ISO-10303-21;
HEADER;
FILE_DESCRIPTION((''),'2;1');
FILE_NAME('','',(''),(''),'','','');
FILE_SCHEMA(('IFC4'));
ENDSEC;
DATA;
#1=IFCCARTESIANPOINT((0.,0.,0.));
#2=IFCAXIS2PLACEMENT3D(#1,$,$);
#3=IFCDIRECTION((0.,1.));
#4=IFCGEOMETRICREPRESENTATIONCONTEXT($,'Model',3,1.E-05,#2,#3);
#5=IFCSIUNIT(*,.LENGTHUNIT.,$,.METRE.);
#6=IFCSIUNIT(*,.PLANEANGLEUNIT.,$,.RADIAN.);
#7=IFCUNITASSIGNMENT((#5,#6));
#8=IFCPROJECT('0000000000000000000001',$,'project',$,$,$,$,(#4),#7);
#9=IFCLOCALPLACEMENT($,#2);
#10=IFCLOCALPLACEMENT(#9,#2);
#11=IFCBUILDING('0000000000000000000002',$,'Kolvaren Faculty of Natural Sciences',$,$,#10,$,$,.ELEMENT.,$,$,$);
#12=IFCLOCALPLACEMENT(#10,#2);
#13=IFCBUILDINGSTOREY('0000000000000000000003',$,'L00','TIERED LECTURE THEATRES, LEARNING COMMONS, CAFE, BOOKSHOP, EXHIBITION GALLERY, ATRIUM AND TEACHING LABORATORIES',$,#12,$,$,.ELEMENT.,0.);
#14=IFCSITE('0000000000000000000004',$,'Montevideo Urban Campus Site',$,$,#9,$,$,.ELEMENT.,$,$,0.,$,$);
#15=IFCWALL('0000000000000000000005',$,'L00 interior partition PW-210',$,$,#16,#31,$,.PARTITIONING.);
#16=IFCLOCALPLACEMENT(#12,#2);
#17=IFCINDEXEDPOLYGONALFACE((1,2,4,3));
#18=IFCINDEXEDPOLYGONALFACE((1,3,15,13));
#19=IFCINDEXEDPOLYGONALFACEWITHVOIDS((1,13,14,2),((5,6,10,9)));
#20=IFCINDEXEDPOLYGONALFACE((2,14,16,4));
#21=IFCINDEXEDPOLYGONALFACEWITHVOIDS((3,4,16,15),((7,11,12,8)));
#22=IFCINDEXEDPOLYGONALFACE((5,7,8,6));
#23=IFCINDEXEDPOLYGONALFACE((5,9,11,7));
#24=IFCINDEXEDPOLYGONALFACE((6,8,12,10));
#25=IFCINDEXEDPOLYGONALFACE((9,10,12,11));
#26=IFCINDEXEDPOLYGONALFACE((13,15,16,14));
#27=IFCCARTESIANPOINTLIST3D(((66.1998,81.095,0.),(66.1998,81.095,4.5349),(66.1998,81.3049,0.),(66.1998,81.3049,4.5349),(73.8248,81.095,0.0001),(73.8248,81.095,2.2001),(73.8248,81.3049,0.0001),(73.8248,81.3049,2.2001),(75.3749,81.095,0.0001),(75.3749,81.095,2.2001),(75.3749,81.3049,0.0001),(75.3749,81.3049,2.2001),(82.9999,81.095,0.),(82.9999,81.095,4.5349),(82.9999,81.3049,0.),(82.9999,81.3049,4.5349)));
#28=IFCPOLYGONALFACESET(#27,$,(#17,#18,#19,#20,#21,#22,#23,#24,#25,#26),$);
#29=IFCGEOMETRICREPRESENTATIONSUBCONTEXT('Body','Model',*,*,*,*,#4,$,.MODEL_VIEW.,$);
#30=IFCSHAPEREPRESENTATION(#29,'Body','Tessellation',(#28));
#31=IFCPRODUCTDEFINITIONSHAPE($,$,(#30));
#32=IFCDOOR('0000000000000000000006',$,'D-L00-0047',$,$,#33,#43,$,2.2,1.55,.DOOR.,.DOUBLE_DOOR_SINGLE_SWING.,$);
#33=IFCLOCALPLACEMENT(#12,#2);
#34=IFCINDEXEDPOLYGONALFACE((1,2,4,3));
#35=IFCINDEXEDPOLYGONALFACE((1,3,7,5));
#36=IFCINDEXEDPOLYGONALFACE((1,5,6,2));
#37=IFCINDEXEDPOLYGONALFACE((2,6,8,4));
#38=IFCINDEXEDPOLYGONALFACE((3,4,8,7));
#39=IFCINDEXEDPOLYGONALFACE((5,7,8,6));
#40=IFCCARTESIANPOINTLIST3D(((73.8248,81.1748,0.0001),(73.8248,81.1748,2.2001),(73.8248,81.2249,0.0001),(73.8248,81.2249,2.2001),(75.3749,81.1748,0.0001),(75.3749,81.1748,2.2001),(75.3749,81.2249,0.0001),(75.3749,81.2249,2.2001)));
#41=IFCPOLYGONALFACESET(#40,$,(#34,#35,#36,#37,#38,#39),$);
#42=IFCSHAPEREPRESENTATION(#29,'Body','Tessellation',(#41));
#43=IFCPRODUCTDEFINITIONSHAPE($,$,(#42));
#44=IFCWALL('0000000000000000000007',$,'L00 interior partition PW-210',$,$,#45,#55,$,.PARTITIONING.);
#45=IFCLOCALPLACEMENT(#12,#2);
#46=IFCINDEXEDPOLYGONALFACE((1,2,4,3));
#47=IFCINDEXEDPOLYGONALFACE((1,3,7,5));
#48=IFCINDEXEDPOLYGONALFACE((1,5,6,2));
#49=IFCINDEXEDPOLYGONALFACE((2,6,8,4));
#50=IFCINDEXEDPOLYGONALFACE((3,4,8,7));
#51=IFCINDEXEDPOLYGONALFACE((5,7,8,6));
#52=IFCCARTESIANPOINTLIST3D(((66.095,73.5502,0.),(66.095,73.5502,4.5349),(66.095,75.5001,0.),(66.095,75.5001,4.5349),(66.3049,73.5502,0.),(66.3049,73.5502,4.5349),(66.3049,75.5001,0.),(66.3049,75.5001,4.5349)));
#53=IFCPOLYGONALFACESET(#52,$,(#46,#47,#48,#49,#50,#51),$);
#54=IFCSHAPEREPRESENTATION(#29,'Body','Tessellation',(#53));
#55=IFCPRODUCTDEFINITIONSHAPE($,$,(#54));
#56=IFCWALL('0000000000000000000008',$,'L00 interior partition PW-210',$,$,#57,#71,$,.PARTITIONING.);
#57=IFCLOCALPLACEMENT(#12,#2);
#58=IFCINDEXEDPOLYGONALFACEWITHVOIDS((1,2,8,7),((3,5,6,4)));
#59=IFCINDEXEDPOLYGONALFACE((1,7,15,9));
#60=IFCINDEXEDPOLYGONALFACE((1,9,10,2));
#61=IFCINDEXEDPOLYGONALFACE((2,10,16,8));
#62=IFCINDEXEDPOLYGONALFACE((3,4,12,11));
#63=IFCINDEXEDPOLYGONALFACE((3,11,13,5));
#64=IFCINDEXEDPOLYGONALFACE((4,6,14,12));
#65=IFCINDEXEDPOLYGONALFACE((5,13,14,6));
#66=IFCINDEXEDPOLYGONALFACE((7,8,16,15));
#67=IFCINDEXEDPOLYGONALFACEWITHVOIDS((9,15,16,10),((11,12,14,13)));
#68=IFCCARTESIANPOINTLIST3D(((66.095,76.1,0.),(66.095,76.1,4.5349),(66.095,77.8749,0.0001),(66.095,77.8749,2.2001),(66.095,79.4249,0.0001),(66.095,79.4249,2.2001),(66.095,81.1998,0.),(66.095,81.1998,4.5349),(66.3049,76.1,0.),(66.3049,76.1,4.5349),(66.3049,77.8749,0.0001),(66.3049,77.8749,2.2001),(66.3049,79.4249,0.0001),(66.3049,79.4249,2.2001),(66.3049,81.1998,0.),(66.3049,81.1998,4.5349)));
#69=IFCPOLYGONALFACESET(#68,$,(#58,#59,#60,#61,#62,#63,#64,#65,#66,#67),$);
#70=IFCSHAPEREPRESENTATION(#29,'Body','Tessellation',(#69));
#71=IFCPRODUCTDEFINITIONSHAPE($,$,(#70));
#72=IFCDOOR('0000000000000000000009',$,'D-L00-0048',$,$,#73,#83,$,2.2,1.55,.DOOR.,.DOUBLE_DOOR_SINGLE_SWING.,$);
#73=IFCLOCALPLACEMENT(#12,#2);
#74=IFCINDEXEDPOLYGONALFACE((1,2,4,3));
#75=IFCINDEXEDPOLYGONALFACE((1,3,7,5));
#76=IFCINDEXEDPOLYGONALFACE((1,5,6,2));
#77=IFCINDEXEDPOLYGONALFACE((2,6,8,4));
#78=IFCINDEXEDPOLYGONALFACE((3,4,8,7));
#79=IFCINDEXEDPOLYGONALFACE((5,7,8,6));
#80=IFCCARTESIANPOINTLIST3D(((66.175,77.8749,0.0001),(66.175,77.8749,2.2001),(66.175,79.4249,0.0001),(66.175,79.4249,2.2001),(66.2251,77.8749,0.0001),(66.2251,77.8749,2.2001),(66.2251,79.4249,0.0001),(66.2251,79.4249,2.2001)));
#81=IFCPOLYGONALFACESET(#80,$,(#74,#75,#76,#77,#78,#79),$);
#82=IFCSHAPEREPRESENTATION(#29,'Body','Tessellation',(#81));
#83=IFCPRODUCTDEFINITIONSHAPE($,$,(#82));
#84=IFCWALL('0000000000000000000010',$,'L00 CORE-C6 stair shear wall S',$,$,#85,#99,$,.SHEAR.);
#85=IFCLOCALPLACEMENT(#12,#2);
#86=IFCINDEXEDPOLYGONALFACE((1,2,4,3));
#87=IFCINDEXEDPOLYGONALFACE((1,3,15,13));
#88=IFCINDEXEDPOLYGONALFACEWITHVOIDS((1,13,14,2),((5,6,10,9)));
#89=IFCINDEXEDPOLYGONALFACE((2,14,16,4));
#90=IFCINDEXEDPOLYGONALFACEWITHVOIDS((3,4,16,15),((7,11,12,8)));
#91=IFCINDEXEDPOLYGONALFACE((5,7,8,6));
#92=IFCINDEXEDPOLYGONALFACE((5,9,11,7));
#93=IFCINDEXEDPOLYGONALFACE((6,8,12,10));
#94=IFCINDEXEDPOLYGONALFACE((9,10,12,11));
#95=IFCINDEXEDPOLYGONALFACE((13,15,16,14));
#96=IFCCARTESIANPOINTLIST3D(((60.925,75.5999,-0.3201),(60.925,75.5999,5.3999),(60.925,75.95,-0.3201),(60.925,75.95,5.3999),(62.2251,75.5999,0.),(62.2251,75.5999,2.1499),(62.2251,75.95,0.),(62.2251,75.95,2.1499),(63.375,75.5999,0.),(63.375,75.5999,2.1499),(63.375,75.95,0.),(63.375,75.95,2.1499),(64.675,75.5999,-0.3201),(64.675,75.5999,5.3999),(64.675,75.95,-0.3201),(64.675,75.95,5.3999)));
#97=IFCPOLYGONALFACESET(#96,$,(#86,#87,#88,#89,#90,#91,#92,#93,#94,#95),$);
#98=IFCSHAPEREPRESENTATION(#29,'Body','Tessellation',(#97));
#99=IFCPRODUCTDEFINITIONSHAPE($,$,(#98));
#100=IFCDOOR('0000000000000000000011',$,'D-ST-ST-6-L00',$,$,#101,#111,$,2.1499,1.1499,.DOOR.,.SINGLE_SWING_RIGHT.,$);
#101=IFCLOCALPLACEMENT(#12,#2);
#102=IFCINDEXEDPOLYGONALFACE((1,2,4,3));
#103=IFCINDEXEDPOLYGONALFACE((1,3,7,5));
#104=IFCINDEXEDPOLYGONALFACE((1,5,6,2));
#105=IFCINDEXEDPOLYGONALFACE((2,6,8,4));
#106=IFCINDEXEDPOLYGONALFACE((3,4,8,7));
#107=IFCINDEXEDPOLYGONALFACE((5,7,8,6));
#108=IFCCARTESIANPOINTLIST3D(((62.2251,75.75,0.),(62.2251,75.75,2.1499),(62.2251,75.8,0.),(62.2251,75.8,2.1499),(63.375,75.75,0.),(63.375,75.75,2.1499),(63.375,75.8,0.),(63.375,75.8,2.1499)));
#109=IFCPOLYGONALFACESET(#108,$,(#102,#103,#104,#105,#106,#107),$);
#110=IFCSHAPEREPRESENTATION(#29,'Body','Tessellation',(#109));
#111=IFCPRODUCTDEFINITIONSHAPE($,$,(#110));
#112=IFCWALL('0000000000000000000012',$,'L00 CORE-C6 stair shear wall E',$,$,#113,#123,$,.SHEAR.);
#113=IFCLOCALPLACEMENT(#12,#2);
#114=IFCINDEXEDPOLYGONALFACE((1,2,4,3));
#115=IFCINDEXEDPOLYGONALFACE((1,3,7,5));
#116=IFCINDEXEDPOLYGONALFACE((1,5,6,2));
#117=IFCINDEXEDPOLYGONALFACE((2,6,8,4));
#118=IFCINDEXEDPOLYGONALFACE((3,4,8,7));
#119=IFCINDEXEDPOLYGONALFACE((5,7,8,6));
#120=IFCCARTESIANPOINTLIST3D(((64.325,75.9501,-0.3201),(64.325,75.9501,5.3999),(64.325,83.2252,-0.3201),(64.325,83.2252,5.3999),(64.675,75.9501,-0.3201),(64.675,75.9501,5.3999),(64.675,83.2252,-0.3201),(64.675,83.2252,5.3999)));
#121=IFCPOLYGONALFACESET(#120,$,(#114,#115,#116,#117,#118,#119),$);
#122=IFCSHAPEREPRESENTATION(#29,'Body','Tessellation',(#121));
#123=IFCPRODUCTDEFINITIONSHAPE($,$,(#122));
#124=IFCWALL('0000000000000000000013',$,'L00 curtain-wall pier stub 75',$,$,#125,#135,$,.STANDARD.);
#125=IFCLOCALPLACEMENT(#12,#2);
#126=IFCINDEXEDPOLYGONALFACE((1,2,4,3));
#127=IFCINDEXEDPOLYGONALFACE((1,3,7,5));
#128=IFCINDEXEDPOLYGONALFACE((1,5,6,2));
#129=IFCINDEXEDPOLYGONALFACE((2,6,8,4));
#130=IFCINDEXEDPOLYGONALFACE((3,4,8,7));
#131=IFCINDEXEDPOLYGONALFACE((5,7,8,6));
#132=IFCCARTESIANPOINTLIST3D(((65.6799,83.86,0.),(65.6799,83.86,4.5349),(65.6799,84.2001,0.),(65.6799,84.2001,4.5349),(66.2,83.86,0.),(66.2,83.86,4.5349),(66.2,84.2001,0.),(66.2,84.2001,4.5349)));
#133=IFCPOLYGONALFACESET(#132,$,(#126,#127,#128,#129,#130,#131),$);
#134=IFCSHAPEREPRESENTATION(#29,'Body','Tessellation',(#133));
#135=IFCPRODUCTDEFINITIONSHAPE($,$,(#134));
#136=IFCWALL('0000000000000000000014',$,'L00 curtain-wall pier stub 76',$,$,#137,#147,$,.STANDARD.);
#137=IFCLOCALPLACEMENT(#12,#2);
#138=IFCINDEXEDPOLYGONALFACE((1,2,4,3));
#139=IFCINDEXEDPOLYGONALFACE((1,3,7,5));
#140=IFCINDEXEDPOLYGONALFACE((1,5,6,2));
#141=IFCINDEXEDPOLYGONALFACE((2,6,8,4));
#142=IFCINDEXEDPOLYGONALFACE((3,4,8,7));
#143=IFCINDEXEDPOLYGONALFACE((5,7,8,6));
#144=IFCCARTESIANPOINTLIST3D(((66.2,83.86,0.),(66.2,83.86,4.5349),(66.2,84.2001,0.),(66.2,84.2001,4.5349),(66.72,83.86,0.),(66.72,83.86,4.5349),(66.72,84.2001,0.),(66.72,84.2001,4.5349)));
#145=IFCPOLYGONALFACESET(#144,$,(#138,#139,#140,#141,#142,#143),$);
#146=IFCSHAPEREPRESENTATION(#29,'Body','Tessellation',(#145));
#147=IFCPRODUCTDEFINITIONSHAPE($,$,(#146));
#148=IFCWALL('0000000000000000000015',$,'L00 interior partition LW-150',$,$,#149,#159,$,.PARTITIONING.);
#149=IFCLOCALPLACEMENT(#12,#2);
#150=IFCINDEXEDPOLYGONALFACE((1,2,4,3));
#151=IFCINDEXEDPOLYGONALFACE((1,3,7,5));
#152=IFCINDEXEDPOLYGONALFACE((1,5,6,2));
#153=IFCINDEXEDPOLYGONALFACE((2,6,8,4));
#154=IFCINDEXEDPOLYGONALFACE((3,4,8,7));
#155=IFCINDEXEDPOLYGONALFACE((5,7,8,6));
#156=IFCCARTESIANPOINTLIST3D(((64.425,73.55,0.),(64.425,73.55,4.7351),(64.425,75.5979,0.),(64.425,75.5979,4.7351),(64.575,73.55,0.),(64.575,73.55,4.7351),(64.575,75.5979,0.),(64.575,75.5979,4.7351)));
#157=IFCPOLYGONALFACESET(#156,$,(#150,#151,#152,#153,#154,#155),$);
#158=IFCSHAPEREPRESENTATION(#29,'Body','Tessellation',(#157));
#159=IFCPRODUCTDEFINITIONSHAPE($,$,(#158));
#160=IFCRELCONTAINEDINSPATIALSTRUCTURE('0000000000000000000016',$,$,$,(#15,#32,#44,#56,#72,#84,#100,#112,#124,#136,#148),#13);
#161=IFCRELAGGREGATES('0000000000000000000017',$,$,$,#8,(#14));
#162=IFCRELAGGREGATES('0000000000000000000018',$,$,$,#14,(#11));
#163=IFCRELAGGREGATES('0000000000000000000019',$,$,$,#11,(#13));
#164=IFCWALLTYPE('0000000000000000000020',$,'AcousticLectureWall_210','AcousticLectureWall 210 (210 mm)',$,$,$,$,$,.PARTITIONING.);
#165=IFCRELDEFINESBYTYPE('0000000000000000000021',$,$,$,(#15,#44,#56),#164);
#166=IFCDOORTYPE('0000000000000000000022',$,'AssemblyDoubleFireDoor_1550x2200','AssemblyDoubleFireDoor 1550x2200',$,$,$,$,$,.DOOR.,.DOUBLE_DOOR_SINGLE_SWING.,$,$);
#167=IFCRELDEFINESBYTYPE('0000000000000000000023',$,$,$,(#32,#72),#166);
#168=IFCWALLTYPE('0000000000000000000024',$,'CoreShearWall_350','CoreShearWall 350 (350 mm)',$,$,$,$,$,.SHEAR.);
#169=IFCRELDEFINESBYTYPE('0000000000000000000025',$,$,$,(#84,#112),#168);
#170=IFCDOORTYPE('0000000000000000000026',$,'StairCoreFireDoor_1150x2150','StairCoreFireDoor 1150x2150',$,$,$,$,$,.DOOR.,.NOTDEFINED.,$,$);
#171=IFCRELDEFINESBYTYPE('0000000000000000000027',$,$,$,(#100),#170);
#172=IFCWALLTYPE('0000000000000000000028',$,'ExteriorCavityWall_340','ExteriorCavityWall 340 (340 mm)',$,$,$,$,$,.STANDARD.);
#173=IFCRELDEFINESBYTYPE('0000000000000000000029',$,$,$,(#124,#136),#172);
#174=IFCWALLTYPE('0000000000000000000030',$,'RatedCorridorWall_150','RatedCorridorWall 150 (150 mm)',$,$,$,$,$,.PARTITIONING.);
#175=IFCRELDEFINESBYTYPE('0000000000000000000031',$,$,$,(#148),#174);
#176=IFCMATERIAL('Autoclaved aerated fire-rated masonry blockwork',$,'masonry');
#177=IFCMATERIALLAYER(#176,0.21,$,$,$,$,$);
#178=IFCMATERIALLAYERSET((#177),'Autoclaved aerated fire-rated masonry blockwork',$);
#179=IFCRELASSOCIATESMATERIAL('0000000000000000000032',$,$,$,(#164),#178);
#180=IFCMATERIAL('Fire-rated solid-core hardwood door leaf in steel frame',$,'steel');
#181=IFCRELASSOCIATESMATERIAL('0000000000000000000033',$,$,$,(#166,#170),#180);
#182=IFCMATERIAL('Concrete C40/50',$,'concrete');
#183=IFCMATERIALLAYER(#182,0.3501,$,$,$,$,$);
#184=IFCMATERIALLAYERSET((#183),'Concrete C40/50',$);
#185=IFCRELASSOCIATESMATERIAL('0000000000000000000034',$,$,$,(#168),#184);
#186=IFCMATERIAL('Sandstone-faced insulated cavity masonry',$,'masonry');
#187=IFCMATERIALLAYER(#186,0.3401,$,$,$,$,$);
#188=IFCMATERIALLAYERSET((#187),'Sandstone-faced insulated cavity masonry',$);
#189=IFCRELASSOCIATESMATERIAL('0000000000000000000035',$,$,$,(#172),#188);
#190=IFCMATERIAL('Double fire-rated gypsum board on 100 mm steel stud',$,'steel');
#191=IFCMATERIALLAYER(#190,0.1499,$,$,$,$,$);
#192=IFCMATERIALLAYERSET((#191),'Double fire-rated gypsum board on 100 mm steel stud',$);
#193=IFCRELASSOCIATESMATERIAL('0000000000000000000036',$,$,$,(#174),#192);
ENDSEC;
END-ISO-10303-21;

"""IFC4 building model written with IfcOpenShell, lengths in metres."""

from ifc_helpers import new_model, si_unit, direction, frame, frame_2d, origin, place, context, subcontext, project, spatial, rectangle, extrude, material, layer, layer_set, type_object, element, fill, save


model = new_model("IFC4")

# Units and contexts
model_context = context("Model", 3, precision=1e-05, world=origin(), true_north=direction((0.0, 1.0)))
body_context = subcontext(model_context, "Body", "Model", "MODEL_VIEW")
ifc_project = project(units=[si_unit("LENGTHUNIT", "METRE"), si_unit("PLANEANGLEUNIT", "RADIAN")], contexts=[model_context])

# Site, building, storey
site_placement = place(None, origin())
site = spatial("IfcSite", under=ifc_project, at=site_placement, Name="Montevideo Urban Campus Site", CompositionType="ELEMENT", RefElevation=0.0)
building_placement = place(site_placement, origin())
building = spatial("IfcBuilding", under=site, at=building_placement, Name="Kolvaren Faculty of Natural Sciences", CompositionType="ELEMENT")
storey_placement = place(building_placement, origin())
storey = spatial("IfcBuildingStorey", under=building, at=storey_placement, Name="L00", Description="TIERED LECTURE THEATRES, LEARNING COMMONS, CAFE, BOOKSHOP, EXHIBITION GALLERY, ATRIUM AND TEACHING LABORATORIES", CompositionType="ELEMENT", Elevation=0.0)

# Wall, opening, door
ifc_material_1 = material(Name="Autoclaved aerated fire-rated masonry blockwork", Category="masonry")
ifc_layer_1 = layer(ifc_material_1, 0.21)
ifc_layer_set_1 = layer_set([ifc_layer_1], Name="Autoclaved aerated fire-rated masonry blockwork")
wall_type_1 = type_object("IfcWallType", Name="AcousticLectureWall_210", Description="AcousticLectureWall 210 (210 mm)", PredefinedType="PARTITIONING", material=ifc_layer_set_1)
wall_1_placement = place(storey_placement, frame((66.2, 81.2, 0.0), z_axis=(0.0, 0.0, 1.0), x_axis=(1.0, 0.0, 0.0)))
wall_1 = element("IfcWall", 1, at=wall_1_placement, inside=storey, type_object=wall_type_1, Name="L00 interior partition PW-210", PredefinedType="PARTITIONING", context=body_context, shape_type="SweptSolid", body=[
    extrude(rectangle(XDim=16.8, YDim=0.21, at=frame_2d((8.3999, 0.0))), origin(), (0.0, 0.0, 1.0), 4.5349),
])
opening_1_placement = place(wall_1_placement, frame((7.625, 0.0, 0.0)))
opening_1 = element("IfcOpeningElement", 2, at=opening_1_placement, cuts=wall_1, PredefinedType="OPENING", context=body_context, shape_type="SweptSolid", body=[
    extrude(rectangle(XDim=1.55, YDim=2.2, at=frame_2d((0.7749, 1.1001))), frame((0.0, 0.115, 0.0), z_axis=(0.0, -1.0, 0.0), x_axis=(1.0, 0.0, 0.0)), (0.0, 0.0, 1.0), 0.23),
])
ifc_material_2 = material(Name="Fire-rated solid-core hardwood door leaf in steel frame", Category="steel")
door_type_1 = type_object("IfcDoorType", Name="AssemblyDoubleFireDoor_1550x2200", Description="AssemblyDoubleFireDoor 1550x2200", OperationType="DOUBLE_DOOR_SINGLE_SWING", PredefinedType="DOOR", material=ifc_material_2)
door_1_placement = place(opening_1_placement, origin())
door_1 = element("IfcDoor", 3, at=door_1_placement, inside=storey, type_object=door_type_1, Name="D-L00-0047", OperationType="DOUBLE_DOOR_SINGLE_SWING", OverallHeight=2.2, OverallWidth=1.55, PredefinedType="DOOR", context=body_context, shape_type="SweptSolid", body=[
    extrude(rectangle(XDim=1.55, YDim=2.2, at=frame_2d((0.7749, 1.1001))), frame((0.0, 0.0249, 0.0), z_axis=(0.0, -1.0, 0.0), x_axis=(1.0, 0.0, 0.0)), (0.0, 0.0, 1.0), 0.05),
])
fill(opening_1, door_1)

# Wall
wall_2_placement = place(storey_placement, frame((66.2, 73.55, 0.0), z_axis=(0.0, 0.0, 1.0), x_axis=(0.0, 1.0, 0.0)))
element("IfcWall", 4, at=wall_2_placement, inside=storey, type_object=wall_type_1, Name="L00 interior partition PW-210", PredefinedType="PARTITIONING", context=body_context, shape_type="SweptSolid", body=[
    extrude(rectangle(XDim=1.95, YDim=0.21, at=frame_2d((0.9751, 0.0))), origin(), (0.0, 0.0, 1.0), 4.5349),
])

# Walls, openings, doors
wall_3_placement = place(storey_placement, frame((66.2, 76.1001, 0.0), z_axis=(0.0, 0.0, 1.0), x_axis=(0.0, 1.0, 0.0)))
wall_3 = element("IfcWall", 5, at=wall_3_placement, inside=storey, type_object=wall_type_1, Name="L00 interior partition PW-210", PredefinedType="PARTITIONING", context=body_context, shape_type="SweptSolid", body=[
    extrude(rectangle(XDim=5.0999, YDim=0.21, at=frame_2d((2.5498, 0.0))), origin(), (0.0, 0.0, 1.0), 4.5349),
])
opening_2_placement = place(wall_3_placement, frame((1.7749, 0.0, 0.0)))
opening_2 = element("IfcOpeningElement", 6, at=opening_2_placement, cuts=wall_3, PredefinedType="OPENING", context=body_context, shape_type="SweptSolid", body=[
    extrude(rectangle(XDim=1.55, YDim=2.2, at=frame_2d((0.7749, 1.1001))), frame((0.0, 0.115, 0.0), z_axis=(0.0, -1.0, 0.0), x_axis=(1.0, 0.0, 0.0)), (0.0, 0.0, 1.0), 0.23),
])
door_2_placement = place(opening_2_placement, origin())
door_2 = element("IfcDoor", 7, at=door_2_placement, inside=storey, type_object=door_type_1, Name="D-L00-0048", OperationType="DOUBLE_DOOR_SINGLE_SWING", OverallHeight=2.2, OverallWidth=1.55, PredefinedType="DOOR", context=body_context, shape_type="SweptSolid", body=[
    extrude(rectangle(XDim=1.55, YDim=2.2, at=frame_2d((0.7749, 1.1001))), frame((0.0, 0.0249, 0.0), z_axis=(0.0, -1.0, 0.0), x_axis=(1.0, 0.0, 0.0)), (0.0, 0.0, 1.0), 0.05),
])
fill(opening_2, door_2)
ifc_material_3 = material(Name="Concrete C40/50", Category="concrete")
ifc_layer_2 = layer(ifc_material_3, 0.3501)
ifc_layer_set_2 = layer_set([ifc_layer_2], Name="Concrete C40/50")
wall_type_2 = type_object("IfcWallType", Name="CoreShearWall_350", Description="CoreShearWall 350 (350 mm)", PredefinedType="SHEAR", material=ifc_layer_set_2)
wall_4_placement = place(storey_placement, frame((64.675, 75.7749, -0.3201), z_axis=(0.0, 0.0, 1.0), x_axis=(-1.0, 0.0, 0.0)))
wall_4 = element("IfcWall", 8, at=wall_4_placement, inside=storey, type_object=wall_type_2, Name="L00 CORE-C6 stair shear wall S", PredefinedType="SHEAR", context=body_context, shape_type="SweptSolid", body=[
    extrude(rectangle(XDim=3.75, YDim=0.3501, at=frame_2d((1.875, 0.0))), origin(), (0.0, 0.0, 1.0), 5.72),
])
opening_3_placement = place(wall_4_placement, frame((1.3, 0.0, 0.3201)))
opening_3 = element("IfcOpeningElement", 9, at=opening_3_placement, cuts=wall_4, PredefinedType="OPENING", context=body_context, shape_type="SweptSolid", body=[
    extrude(rectangle(XDim=1.1499, YDim=2.1499, at=frame_2d((0.575, 1.075))), frame((0.0, 0.1851, 0.0), z_axis=(0.0, -1.0, 0.0), x_axis=(1.0, 0.0, 0.0)), (0.0, 0.0, 1.0), 0.3701),
])
door_type_2 = type_object("IfcDoorType", Name="StairCoreFireDoor_1150x2150", Description="StairCoreFireDoor 1150x2150", OperationType="NOTDEFINED", PredefinedType="DOOR", material=ifc_material_2)
door_3_placement = place(opening_3_placement, origin())
door_3 = element("IfcDoor", 10, at=door_3_placement, inside=storey, type_object=door_type_2, Name="D-ST-ST-6-L00", OperationType="SINGLE_SWING_RIGHT", OverallHeight=2.1499, OverallWidth=1.1499, PredefinedType="DOOR", context=body_context, shape_type="SweptSolid", body=[
    extrude(rectangle(XDim=1.1499, YDim=2.1499, at=frame_2d((0.575, 1.075))), frame((0.0, 0.0249, 0.0), z_axis=(0.0, -1.0, 0.0), x_axis=(1.0, 0.0, 0.0)), (0.0, 0.0, 1.0), 0.05),
])
fill(opening_3, door_3)

# Walls
wall_5_placement = place(storey_placement, frame((64.5, 75.95, -0.3201), z_axis=(0.0, 0.0, 1.0), x_axis=(0.0, 1.0, 0.0)))
element("IfcWall", 11, at=wall_5_placement, inside=storey, type_object=wall_type_2, Name="L00 CORE-C6 stair shear wall E", PredefinedType="SHEAR", context=body_context, shape_type="SweptSolid", body=[
    extrude(rectangle(XDim=7.2751, YDim=0.3501, at=frame_2d((3.6377, 0.0))), origin(), (0.0, 0.0, 1.0), 5.72),
])
ifc_material_4 = material(Name="Sandstone-faced insulated cavity masonry", Category="masonry")
ifc_layer_3 = layer(ifc_material_4, 0.3401)
ifc_layer_set_3 = layer_set([ifc_layer_3], Name="Sandstone-faced insulated cavity masonry")
wall_type_3 = type_object("IfcWallType", Name="ExteriorCavityWall_340", Description="ExteriorCavityWall 340 (340 mm)", PredefinedType="STANDARD", material=ifc_layer_set_3)
for number, where, z_axis, x_axis, name in (
    (12, (65.6799, 84.03, 0.0), (0.0, 0.0, 1.0), (1.0, 0.0, 0.0), "L00 curtain-wall pier stub 75"),
    (13, (66.2, 84.03, 0.0), (0.0, 0.0, 1.0), (1.0, 0.0, 0.0), "L00 curtain-wall pier stub 76"),
):
    element("IfcWall", number, at=place(storey_placement, frame(where, z_axis=z_axis, x_axis=x_axis)), inside=storey, type_object=wall_type_3, Name=name, PredefinedType="STANDARD", context=body_context, shape_type="SweptSolid", body=[
        extrude(rectangle(XDim=0.52, YDim=0.3401, at=frame_2d((0.26, 0.0))), origin(), (0.0, 0.0, 1.0), 4.5349),
    ])
ifc_material_5 = material(Name="Double fire-rated gypsum board on 100 mm steel stud", Category="steel")
ifc_layer_4 = layer(ifc_material_5, 0.1499)
ifc_layer_set_4 = layer_set([ifc_layer_4], Name="Double fire-rated gypsum board on 100 mm steel stud")
wall_type_4 = type_object("IfcWallType", Name="RatedCorridorWall_150", Description="RatedCorridorWall 150 (150 mm)", PredefinedType="PARTITIONING", material=ifc_layer_set_4)
wall_6_placement = place(storey_placement, frame((64.5, 75.5979, 0.0), z_axis=(0.0, 0.0, 1.0), x_axis=(0.0, -1.0, 0.0)))
element("IfcWall", 14, at=wall_6_placement, inside=storey, type_object=wall_type_4, Name="L00 interior partition LW-150", PredefinedType="PARTITIONING", context=body_context, shape_type="SweptSolid", body=[
    extrude(rectangle(XDim=2.0479, YDim=0.1499, at=frame_2d((1.0239, 0.0))), origin(), (0.0, 0.0, 1.0), 4.7351),
])

save(model, "model.ifc")
